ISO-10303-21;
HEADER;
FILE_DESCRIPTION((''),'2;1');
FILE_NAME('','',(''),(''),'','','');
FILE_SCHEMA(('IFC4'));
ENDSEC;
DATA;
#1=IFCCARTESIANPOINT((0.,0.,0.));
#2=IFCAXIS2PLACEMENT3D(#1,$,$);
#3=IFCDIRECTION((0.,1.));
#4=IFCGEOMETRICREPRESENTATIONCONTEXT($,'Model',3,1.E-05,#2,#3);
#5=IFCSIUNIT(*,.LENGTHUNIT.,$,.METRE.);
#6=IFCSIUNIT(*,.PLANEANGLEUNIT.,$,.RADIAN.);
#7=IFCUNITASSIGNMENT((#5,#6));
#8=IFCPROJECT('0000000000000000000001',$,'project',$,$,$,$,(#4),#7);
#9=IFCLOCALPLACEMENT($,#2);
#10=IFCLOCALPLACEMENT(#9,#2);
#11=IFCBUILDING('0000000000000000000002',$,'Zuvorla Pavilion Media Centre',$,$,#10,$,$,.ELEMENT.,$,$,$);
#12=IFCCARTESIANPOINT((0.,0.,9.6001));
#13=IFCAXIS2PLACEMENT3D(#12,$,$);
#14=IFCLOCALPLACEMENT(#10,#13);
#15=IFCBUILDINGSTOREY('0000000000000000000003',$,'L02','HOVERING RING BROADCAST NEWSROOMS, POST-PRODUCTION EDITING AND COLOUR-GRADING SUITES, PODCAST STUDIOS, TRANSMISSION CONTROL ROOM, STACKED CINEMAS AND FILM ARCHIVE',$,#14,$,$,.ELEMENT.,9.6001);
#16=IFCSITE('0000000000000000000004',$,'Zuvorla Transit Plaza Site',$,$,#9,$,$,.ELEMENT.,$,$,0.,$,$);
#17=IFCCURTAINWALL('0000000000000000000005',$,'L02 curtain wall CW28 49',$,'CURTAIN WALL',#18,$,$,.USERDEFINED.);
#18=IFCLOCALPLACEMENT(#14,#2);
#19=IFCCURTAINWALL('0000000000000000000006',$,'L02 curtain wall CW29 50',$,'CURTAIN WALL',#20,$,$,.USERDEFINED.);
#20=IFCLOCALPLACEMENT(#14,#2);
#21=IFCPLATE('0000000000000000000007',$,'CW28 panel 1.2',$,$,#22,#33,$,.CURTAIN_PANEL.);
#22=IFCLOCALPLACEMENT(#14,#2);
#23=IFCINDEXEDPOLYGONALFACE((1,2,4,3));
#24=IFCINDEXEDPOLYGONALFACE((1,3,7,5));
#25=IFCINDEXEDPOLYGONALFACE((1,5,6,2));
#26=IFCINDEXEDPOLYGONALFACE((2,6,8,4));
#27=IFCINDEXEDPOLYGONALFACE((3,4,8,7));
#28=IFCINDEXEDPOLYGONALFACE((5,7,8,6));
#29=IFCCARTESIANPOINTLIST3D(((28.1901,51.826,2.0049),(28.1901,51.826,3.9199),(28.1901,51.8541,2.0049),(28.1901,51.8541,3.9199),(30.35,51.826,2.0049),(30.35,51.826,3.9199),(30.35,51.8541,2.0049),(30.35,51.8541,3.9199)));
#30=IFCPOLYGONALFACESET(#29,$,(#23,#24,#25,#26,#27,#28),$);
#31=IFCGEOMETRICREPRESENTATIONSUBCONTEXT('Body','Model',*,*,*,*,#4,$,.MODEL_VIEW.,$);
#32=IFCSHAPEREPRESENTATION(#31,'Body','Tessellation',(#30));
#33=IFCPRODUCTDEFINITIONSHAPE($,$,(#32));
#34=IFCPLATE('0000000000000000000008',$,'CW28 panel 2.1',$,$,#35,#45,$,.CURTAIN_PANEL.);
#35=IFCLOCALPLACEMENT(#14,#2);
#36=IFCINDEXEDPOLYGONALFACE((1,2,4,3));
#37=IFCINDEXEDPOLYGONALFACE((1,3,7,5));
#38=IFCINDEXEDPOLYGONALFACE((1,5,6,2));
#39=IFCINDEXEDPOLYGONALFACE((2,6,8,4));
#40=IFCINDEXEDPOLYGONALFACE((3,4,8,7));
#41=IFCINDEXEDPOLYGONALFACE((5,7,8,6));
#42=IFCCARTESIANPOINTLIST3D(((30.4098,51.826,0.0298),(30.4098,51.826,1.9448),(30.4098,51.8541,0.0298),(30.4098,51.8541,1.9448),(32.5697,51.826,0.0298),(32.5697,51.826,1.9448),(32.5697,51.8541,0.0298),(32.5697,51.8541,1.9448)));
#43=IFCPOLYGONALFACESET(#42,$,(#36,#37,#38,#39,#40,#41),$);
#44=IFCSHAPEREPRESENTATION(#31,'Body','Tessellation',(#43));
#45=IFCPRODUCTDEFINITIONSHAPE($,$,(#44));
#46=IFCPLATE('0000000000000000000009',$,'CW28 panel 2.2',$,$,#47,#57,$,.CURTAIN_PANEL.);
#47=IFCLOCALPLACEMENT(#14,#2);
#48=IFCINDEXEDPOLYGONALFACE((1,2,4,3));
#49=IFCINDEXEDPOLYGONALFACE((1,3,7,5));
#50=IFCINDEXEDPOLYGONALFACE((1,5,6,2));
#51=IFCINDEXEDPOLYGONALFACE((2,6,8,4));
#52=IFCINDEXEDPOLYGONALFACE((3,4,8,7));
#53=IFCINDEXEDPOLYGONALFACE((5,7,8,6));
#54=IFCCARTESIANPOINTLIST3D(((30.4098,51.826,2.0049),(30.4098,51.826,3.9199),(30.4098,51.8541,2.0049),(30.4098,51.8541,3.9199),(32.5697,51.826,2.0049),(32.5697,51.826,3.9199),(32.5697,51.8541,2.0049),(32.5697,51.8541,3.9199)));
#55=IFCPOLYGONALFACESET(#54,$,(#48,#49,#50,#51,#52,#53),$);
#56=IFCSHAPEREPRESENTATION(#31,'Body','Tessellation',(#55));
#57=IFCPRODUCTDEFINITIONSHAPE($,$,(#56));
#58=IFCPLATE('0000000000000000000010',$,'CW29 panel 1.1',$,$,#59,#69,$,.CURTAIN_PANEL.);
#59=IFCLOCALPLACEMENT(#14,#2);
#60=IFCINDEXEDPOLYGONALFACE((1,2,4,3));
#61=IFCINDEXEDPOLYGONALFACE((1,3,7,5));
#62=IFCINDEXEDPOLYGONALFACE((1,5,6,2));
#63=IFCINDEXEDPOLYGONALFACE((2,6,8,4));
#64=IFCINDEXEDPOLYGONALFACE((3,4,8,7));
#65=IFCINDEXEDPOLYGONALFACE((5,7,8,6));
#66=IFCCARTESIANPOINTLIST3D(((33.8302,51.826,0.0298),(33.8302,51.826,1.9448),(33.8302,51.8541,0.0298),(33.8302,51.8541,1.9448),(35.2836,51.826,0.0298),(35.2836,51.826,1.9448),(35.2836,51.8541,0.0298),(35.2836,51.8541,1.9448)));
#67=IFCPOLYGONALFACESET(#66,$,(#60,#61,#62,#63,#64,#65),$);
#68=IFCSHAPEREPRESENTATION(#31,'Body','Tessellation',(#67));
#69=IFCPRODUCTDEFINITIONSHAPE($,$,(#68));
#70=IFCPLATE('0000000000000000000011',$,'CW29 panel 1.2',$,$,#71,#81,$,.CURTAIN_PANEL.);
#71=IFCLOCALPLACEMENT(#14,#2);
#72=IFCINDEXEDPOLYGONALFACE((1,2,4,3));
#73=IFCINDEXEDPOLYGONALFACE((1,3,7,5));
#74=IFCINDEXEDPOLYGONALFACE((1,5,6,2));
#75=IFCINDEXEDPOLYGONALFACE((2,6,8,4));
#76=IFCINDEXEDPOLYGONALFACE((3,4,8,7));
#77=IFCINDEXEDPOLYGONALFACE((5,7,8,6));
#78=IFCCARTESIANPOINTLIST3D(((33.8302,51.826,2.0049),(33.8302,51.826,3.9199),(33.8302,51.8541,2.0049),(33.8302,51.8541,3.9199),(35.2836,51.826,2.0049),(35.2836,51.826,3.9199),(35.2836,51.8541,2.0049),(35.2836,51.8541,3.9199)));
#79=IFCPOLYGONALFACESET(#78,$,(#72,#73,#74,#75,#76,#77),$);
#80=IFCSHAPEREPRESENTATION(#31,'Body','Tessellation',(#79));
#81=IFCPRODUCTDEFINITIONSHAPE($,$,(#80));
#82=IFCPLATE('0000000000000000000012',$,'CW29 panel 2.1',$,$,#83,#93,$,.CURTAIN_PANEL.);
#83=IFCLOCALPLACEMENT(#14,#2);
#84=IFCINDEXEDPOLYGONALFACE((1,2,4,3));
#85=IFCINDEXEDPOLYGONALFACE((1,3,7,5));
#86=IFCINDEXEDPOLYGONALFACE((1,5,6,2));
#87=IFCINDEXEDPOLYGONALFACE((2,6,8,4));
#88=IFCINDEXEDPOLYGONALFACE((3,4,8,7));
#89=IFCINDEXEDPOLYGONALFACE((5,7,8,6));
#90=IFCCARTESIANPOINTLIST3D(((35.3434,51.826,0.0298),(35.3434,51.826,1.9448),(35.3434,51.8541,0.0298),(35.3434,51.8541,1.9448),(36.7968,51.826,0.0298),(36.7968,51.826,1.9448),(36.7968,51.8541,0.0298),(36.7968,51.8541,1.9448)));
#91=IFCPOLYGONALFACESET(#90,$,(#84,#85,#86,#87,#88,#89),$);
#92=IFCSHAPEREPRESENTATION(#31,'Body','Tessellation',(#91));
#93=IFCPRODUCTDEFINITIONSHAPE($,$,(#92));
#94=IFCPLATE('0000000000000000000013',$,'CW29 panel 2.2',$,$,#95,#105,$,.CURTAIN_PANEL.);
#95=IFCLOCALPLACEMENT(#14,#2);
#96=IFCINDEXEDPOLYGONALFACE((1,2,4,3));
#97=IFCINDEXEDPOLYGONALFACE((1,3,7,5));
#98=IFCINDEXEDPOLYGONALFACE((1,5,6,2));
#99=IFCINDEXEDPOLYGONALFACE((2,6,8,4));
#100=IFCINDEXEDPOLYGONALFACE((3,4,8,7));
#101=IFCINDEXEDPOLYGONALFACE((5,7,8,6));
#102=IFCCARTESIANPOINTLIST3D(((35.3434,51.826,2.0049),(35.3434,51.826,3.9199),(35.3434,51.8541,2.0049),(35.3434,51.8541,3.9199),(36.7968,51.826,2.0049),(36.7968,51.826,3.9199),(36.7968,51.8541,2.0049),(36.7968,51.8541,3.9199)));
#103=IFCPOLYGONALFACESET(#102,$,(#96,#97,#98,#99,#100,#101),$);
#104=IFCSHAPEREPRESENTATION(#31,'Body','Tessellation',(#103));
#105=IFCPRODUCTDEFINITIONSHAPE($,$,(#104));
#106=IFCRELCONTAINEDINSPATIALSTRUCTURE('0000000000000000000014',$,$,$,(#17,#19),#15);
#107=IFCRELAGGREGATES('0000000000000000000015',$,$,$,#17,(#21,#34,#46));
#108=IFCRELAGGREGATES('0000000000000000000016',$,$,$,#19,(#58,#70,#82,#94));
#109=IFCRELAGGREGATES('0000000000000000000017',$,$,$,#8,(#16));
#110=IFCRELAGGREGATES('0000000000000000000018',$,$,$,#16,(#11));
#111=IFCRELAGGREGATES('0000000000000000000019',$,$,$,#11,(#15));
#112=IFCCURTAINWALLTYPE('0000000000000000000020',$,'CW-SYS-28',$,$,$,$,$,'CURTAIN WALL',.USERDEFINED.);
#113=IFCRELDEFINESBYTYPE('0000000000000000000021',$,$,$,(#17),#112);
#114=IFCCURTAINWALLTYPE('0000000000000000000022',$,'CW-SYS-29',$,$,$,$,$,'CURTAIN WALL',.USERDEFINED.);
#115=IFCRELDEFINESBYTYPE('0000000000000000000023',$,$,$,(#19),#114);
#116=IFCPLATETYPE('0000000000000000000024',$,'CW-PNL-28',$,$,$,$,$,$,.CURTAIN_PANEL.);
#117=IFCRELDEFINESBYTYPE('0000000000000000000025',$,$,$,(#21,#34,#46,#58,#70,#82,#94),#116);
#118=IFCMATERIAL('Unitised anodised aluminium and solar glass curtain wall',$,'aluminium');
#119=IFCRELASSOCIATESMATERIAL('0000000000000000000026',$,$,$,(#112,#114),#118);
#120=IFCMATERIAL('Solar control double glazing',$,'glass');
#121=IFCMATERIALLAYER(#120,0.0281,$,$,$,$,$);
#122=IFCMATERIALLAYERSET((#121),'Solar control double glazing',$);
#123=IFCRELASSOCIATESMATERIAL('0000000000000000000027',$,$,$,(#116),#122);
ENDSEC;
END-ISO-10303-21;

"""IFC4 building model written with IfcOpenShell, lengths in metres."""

from ifc_helpers import new_model, si_unit, direction, frame, origin, origin_2d, place, context, subcontext, project, spatial, rectangle, extrude, material, layer, layer_set, type_object, element, aggregate, save


model = new_model("IFC4")

# Units and contexts
model_context = context("Model", 3, precision=1e-05, world=origin(), true_north=direction((0.0, 1.0)))
body_context = subcontext(model_context, "Body", "Model", "MODEL_VIEW")
ifc_project = project(units=[si_unit("LENGTHUNIT", "METRE"), si_unit("PLANEANGLEUNIT", "RADIAN")], contexts=[model_context])

# Site, building, storey
site_placement = place(None, origin())
site = spatial("IfcSite", under=ifc_project, at=site_placement, Name="Zuvorla Transit Plaza Site", CompositionType="ELEMENT", RefElevation=0.0)
building_placement = place(site_placement, origin())
building = spatial("IfcBuilding", under=site, at=building_placement, Name="Zuvorla Pavilion Media Centre", CompositionType="ELEMENT")
storey_placement = place(building_placement, frame((0.0, 0.0, 9.6001)))
storey = spatial("IfcBuildingStorey", under=building, at=storey_placement, Name="L02", Description="HOVERING RING BROADCAST NEWSROOMS, POST-PRODUCTION EDITING AND COLOUR-GRADING SUITES, PODCAST STUDIOS, TRANSMISSION CONTROL ROOM, STACKED CINEMAS AND FILM ARCHIVE", CompositionType="ELEMENT", Elevation=9.6001)

# Curtain walls
ifc_material_1 = material(Name="Unitised anodised aluminium and solar glass curtain wall", Category="aluminium")
curtain_wall_type_1 = type_object("IfcCurtainWallType", Name="CW-SYS-28", ElementType="CURTAIN WALL", PredefinedType="USERDEFINED", material=ifc_material_1)
curtain_wall_1_placement = place(storey_placement, origin())
curtain_wall_1 = element("IfcCurtainWall", 1, at=curtain_wall_1_placement, inside=storey, type_object=curtain_wall_type_1, Name="L02 curtain wall CW28 49", ObjectType="CURTAIN WALL", PredefinedType="USERDEFINED")
curtain_wall_type_2 = type_object("IfcCurtainWallType", Name="CW-SYS-29", ElementType="CURTAIN WALL", PredefinedType="USERDEFINED", material=ifc_material_1)
curtain_wall_2_placement = place(storey_placement, origin())
curtain_wall_2 = element("IfcCurtainWall", 2, at=curtain_wall_2_placement, inside=storey, type_object=curtain_wall_type_2, Name="L02 curtain wall CW29 50", ObjectType="CURTAIN WALL", PredefinedType="USERDEFINED")

# Plates
ifc_material_2 = material(Name="Solar control double glazing", Category="glass")
ifc_layer = layer(ifc_material_2, 0.0281)
ifc_layer_set = layer_set([ifc_layer], Name="Solar control double glazing")
plate_type = type_object("IfcPlateType", Name="CW-PNL-28", PredefinedType="CURTAIN_PANEL", material=ifc_layer_set)
plate_1_placement = place(storey_placement, frame((29.27, 51.8401, 2.0049), z_axis=(0.0, 0.0, 1.0), x_axis=(1.0, 0.0, 0.0)))
plate_1 = element("IfcPlate", 3, at=plate_1_placement, type_object=plate_type, Name="CW28 panel 1.2", PredefinedType="CURTAIN_PANEL", context=body_context, shape_type="SweptSolid", body=[
    extrude(rectangle(XDim=2.1599, YDim=0.0281, at=origin_2d()), origin(), (0.0, 0.0, 1.0), 1.915),
])
plate_2_placement = place(storey_placement, frame((31.4897, 51.8401, 0.0298), z_axis=(0.0, 0.0, 1.0), x_axis=(1.0, 0.0, 0.0)))
plate_2 = element("IfcPlate", 4, at=plate_2_placement, type_object=plate_type, Name="CW28 panel 2.1", PredefinedType="CURTAIN_PANEL", context=body_context, shape_type="SweptSolid", body=[
    extrude(rectangle(XDim=2.1599, YDim=0.0281, at=origin_2d()), origin(), (0.0, 0.0, 1.0), 1.915),
])
plate_3_placement = place(storey_placement, frame((31.4897, 51.8401, 2.0049), z_axis=(0.0, 0.0, 1.0), x_axis=(1.0, 0.0, 0.0)))
plate_3 = element("IfcPlate", 5, at=plate_3_placement, type_object=plate_type, Name="CW28 panel 2.2", PredefinedType="CURTAIN_PANEL", context=body_context, shape_type="SweptSolid", body=[
    extrude(rectangle(XDim=2.1599, YDim=0.0281, at=origin_2d()), origin(), (0.0, 0.0, 1.0), 1.915),
])
aggregate(curtain_wall_1, [plate_1, plate_2, plate_3])
plate_4_placement = place(storey_placement, frame((34.5569, 51.8401, 0.0298), z_axis=(0.0, 0.0, 1.0), x_axis=(1.0, 0.0, 0.0)))
plate_4 = element("IfcPlate", 6, at=plate_4_placement, type_object=plate_type, Name="CW29 panel 1.1", PredefinedType="CURTAIN_PANEL", context=body_context, shape_type="SweptSolid", body=[
    extrude(rectangle(XDim=1.4534, YDim=0.0281, at=origin_2d()), origin(), (0.0, 0.0, 1.0), 1.915),
])
plate_5_placement = place(storey_placement, frame((34.5569, 51.8401, 2.0049), z_axis=(0.0, 0.0, 1.0), x_axis=(1.0, 0.0, 0.0)))
plate_5 = element("IfcPlate", 7, at=plate_5_placement, type_object=plate_type, Name="CW29 panel 1.2", PredefinedType="CURTAIN_PANEL", context=body_context, shape_type="SweptSolid", body=[
    extrude(rectangle(XDim=1.4534, YDim=0.0281, at=origin_2d()), origin(), (0.0, 0.0, 1.0), 1.915),
])
plate_6_placement = place(storey_placement, frame((36.0701, 51.8401, 0.0298), z_axis=(0.0, 0.0, 1.0), x_axis=(1.0, 0.0, 0.0)))
plate_6 = element("IfcPlate", 8, at=plate_6_placement, type_object=plate_type, Name="CW29 panel 2.1", PredefinedType="CURTAIN_PANEL", context=body_context, shape_type="SweptSolid", body=[
    extrude(rectangle(XDim=1.4534, YDim=0.0281, at=origin_2d()), origin(), (0.0, 0.0, 1.0), 1.915),
])
plate_7_placement = place(storey_placement, frame((36.0701, 51.8401, 2.0049), z_axis=(0.0, 0.0, 1.0), x_axis=(1.0, 0.0, 0.0)))
plate_7 = element("IfcPlate", 9, at=plate_7_placement, type_object=plate_type, Name="CW29 panel 2.2", PredefinedType="CURTAIN_PANEL", context=body_context, shape_type="SweptSolid", body=[
    extrude(rectangle(XDim=1.4534, YDim=0.0281, at=origin_2d()), origin(), (0.0, 0.0, 1.0), 1.915),
])
aggregate(curtain_wall_2, [plate_4, plate_5, plate_6, plate_7])

save(model, "model.ifc")
